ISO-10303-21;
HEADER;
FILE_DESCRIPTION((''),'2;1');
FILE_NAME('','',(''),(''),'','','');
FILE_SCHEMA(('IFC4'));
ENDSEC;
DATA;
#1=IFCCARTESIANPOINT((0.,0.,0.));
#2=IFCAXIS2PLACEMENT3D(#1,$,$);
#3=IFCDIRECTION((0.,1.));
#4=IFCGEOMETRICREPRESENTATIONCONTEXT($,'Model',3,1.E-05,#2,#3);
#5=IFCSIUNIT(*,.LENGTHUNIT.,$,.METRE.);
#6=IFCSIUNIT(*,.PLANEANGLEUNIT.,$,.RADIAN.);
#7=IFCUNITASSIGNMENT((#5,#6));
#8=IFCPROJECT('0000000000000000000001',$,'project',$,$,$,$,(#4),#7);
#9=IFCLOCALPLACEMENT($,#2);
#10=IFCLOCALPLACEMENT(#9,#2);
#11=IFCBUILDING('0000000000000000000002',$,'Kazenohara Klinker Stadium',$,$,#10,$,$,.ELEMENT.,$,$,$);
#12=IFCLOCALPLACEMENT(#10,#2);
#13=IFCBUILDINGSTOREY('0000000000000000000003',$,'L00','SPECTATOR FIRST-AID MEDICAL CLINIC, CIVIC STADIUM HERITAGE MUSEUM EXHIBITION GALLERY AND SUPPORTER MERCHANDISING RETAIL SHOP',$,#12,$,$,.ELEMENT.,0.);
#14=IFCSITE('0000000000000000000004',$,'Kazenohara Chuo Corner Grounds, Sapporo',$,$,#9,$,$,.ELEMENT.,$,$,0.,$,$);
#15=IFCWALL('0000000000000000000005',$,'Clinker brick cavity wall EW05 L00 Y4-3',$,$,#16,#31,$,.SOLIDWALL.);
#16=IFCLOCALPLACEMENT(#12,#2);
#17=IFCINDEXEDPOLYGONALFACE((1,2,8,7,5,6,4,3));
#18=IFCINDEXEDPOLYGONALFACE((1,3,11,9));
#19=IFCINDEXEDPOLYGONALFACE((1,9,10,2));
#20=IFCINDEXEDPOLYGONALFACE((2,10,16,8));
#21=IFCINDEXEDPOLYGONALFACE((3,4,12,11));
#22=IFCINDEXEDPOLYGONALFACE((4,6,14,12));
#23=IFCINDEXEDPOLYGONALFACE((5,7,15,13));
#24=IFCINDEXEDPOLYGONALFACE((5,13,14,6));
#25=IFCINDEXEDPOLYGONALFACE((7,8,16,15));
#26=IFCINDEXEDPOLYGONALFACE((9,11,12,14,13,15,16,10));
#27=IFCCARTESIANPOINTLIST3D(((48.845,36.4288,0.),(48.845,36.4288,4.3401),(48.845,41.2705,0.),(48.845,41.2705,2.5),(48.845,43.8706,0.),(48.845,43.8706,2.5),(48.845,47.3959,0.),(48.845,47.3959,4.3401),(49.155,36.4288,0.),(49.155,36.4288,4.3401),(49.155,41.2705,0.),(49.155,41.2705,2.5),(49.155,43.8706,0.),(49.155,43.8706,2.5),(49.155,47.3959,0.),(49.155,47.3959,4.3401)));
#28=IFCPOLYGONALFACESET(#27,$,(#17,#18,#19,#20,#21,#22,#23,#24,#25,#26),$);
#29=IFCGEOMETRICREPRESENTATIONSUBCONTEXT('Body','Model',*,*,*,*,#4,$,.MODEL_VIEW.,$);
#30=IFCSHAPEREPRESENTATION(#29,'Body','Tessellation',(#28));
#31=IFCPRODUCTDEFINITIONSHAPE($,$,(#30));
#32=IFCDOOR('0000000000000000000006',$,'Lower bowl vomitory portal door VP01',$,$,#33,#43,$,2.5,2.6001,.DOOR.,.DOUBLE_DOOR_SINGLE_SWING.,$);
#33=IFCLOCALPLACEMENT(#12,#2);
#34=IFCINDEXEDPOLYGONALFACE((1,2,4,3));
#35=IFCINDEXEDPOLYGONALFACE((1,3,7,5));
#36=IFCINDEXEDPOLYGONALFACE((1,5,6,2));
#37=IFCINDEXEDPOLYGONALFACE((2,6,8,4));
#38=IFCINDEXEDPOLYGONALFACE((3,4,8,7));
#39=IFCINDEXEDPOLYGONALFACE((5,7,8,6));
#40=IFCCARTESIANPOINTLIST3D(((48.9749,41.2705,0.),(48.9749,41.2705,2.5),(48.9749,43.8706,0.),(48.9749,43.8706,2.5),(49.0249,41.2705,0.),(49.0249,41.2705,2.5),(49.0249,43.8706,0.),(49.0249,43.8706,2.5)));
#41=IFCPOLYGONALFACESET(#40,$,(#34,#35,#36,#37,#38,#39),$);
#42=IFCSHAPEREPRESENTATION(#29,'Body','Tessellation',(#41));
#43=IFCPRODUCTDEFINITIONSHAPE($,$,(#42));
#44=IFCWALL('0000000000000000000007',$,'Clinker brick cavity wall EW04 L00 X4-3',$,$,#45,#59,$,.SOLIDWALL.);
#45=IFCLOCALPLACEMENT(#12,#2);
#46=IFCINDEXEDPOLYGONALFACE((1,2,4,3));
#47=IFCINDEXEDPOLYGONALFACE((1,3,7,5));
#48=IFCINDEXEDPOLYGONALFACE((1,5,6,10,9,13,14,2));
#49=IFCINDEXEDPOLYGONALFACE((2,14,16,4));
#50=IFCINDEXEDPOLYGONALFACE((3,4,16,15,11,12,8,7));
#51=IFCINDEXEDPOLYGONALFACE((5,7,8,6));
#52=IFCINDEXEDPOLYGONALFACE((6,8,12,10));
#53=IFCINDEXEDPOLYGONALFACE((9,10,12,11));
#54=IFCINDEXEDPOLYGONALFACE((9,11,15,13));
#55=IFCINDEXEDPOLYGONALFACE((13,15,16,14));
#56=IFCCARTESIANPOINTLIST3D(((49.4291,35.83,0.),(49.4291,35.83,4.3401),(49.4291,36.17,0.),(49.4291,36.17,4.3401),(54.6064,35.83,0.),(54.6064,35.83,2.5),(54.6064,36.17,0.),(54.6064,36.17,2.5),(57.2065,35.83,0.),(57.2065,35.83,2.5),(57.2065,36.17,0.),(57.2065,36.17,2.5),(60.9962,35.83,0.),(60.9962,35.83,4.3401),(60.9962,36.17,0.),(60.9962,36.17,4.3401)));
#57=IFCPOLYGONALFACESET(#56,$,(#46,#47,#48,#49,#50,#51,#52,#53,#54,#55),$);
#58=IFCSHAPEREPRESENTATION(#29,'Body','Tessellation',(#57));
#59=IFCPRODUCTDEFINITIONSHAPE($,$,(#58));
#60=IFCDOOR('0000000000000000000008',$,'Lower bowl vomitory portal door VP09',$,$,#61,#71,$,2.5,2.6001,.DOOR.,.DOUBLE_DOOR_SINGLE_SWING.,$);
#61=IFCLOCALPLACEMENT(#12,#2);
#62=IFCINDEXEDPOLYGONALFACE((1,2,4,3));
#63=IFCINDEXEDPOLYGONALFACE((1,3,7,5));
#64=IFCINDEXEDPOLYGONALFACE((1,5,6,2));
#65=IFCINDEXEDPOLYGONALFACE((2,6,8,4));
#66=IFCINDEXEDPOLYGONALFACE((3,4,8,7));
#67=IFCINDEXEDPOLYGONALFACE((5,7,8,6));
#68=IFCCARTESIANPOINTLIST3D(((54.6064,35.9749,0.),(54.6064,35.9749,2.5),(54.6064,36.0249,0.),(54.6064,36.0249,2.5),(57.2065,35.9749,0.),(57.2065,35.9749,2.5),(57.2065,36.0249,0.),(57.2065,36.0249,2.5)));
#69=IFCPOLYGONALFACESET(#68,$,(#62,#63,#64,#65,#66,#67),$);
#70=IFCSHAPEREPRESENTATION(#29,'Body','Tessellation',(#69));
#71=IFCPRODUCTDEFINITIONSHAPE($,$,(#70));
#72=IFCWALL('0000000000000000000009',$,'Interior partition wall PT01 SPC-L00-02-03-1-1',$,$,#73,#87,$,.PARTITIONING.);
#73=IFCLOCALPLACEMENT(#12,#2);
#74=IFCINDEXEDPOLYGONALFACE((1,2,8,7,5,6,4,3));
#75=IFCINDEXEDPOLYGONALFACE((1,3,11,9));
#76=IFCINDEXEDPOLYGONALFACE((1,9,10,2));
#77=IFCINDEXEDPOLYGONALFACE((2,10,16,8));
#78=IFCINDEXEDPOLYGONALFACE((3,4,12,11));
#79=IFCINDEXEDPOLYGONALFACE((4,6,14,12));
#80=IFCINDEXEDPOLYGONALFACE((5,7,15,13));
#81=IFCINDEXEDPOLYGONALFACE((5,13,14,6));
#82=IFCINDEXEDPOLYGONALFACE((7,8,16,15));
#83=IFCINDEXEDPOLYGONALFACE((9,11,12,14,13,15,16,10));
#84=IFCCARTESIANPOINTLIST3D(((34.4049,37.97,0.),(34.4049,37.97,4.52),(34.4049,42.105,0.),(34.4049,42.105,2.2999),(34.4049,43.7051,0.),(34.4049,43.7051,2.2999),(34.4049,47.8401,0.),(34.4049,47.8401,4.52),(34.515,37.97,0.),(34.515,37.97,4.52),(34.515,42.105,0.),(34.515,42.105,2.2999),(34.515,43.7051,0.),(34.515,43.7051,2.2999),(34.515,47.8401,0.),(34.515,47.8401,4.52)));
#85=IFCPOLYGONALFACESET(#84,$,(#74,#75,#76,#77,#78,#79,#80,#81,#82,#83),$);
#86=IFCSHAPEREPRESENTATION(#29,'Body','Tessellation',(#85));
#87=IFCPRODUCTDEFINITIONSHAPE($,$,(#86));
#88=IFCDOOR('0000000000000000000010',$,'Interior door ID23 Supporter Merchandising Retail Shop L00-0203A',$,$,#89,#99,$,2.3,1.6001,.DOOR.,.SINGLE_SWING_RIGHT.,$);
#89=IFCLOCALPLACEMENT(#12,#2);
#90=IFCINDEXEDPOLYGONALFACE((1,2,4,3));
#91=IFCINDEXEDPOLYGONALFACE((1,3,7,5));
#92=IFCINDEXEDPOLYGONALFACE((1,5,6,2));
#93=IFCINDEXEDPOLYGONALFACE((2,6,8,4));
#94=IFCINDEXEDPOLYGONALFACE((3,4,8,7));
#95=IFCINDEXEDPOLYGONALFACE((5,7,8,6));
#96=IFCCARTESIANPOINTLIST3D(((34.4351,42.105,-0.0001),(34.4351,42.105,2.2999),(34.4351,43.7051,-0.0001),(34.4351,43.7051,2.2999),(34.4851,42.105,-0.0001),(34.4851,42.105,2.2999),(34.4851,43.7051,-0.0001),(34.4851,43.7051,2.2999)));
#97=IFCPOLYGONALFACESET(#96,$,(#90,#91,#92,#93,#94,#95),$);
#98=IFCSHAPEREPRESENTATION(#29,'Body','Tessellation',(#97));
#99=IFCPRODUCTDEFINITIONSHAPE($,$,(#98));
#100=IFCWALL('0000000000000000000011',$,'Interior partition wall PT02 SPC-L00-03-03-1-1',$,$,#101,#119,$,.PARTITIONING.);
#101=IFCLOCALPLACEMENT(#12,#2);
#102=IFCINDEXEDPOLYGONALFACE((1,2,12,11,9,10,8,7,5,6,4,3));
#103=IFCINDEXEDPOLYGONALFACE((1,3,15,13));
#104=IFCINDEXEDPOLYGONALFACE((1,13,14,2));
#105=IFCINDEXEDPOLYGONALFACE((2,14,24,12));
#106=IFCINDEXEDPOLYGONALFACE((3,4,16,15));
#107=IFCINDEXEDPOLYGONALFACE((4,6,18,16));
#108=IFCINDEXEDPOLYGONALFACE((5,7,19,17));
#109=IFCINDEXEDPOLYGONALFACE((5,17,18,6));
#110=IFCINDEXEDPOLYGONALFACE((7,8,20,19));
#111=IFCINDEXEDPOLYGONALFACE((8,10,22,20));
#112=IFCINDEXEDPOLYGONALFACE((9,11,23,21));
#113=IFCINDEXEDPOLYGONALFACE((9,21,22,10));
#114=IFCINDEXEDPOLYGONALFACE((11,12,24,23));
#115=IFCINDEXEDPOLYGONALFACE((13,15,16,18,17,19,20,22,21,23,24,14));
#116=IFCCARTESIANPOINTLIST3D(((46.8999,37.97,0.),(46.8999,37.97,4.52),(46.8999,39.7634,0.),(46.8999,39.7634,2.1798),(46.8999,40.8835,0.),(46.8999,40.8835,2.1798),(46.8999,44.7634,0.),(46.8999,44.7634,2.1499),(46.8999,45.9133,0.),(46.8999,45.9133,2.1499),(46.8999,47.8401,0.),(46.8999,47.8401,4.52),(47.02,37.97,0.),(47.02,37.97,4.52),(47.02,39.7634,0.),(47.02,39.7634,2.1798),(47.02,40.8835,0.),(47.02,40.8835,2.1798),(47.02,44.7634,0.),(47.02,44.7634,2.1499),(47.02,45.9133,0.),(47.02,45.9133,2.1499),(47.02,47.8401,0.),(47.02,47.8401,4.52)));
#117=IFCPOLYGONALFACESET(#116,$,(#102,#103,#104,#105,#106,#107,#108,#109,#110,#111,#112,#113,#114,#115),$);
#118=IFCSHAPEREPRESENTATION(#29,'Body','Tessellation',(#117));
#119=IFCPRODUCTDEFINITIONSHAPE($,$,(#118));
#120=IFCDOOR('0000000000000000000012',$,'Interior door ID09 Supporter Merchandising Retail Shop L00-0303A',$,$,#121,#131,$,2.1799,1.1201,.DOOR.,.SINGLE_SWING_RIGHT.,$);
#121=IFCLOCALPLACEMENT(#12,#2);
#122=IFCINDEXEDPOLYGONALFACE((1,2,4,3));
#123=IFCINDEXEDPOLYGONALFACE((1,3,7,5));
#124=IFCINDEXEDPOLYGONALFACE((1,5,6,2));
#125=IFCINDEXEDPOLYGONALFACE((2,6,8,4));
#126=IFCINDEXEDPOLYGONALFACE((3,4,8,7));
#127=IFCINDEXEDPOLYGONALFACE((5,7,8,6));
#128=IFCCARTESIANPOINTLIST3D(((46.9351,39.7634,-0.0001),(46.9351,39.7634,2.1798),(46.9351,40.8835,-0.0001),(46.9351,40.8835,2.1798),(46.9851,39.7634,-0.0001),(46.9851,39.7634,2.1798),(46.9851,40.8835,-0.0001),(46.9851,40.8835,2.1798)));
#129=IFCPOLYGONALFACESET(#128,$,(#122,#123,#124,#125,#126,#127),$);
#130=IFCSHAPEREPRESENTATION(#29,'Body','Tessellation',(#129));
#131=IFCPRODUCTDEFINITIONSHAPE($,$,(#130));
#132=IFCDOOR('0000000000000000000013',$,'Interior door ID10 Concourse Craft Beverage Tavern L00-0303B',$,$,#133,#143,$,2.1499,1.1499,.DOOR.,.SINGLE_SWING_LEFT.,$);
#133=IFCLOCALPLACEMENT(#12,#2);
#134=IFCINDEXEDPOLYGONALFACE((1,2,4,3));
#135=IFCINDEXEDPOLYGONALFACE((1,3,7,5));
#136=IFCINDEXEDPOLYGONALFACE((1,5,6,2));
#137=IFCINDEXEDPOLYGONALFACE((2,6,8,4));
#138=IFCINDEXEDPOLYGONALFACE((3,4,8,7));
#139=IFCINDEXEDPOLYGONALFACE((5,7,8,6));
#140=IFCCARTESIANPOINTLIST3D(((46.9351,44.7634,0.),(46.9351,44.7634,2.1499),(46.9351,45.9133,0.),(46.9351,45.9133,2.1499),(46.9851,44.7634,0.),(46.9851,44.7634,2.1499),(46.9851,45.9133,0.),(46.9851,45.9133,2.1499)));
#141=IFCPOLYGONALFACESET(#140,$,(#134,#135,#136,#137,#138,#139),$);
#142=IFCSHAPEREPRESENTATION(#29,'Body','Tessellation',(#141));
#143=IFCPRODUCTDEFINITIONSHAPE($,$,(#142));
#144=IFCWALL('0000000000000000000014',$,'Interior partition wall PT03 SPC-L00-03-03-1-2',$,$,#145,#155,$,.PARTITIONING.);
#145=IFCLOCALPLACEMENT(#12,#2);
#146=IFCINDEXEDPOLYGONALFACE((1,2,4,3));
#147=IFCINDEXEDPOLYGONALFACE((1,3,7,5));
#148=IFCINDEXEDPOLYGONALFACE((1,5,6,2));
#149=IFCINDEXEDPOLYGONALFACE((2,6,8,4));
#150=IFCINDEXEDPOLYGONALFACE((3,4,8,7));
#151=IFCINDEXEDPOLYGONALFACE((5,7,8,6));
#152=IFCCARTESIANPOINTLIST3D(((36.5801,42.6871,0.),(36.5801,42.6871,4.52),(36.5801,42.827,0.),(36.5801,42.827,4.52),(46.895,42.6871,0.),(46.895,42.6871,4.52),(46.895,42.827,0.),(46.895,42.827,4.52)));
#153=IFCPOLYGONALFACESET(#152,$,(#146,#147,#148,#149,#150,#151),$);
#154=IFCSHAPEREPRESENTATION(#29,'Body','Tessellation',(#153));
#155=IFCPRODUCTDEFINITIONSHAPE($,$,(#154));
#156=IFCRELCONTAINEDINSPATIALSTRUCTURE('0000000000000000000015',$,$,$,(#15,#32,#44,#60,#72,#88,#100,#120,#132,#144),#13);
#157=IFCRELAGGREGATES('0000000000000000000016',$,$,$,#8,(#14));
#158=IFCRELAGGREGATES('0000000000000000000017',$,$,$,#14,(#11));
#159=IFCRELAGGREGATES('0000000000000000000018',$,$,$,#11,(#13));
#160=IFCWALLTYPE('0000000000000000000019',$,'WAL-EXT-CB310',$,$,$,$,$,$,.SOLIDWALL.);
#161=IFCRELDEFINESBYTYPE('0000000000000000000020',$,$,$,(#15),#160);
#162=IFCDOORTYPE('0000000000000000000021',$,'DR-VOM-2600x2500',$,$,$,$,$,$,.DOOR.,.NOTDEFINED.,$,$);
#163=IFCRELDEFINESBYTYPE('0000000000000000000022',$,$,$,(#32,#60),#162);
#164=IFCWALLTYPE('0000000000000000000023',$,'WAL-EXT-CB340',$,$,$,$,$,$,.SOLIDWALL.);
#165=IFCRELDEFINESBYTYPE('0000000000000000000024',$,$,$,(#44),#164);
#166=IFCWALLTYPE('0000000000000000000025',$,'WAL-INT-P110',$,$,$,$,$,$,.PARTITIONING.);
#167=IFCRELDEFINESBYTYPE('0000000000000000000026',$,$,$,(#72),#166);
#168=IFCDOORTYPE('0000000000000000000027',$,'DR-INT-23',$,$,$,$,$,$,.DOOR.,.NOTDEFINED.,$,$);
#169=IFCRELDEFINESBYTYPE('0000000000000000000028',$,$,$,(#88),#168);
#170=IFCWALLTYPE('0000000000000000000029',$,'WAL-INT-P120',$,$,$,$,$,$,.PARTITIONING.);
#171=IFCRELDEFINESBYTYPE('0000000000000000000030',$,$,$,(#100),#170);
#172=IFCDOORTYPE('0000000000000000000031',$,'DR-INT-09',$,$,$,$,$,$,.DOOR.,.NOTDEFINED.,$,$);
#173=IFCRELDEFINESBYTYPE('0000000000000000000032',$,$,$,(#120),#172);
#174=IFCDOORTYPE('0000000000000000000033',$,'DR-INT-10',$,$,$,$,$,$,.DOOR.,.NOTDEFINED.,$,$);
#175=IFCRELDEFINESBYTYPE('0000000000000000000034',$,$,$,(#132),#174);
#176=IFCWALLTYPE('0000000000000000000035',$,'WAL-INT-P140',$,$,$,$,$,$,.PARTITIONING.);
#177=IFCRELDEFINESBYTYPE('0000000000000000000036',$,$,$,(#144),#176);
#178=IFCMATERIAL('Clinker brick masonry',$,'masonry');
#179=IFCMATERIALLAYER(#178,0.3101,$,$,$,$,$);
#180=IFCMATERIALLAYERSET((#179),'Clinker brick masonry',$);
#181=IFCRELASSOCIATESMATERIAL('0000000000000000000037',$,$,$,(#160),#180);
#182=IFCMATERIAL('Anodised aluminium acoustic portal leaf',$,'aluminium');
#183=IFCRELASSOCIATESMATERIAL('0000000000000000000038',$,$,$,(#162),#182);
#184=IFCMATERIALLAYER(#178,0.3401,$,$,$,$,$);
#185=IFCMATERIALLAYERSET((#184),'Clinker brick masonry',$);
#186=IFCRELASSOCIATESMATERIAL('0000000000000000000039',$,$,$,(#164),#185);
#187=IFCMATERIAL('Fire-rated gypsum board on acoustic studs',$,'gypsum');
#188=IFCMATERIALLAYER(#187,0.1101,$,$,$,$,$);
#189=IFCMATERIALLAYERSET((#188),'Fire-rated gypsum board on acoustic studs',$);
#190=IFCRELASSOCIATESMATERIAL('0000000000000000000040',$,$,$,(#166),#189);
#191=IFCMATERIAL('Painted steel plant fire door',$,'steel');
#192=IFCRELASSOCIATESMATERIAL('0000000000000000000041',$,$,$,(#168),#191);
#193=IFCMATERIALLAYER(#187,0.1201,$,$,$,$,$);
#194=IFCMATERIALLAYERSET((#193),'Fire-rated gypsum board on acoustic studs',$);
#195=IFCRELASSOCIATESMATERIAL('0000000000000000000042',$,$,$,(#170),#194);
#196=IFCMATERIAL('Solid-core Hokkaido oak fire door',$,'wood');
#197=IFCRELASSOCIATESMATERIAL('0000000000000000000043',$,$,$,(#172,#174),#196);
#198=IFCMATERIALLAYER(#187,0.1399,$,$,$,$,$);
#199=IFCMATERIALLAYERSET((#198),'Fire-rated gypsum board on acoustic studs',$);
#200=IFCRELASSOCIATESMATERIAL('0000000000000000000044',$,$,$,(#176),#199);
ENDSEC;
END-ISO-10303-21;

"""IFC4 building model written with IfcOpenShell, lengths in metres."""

from ifc_helpers import new_model, si_unit, direction, frame, frame_2d, origin, place, context, subcontext, project, spatial, rectangle, extrude, material, layer, layer_set, type_object, element, fill, save


model = new_model("IFC4")

# Units and contexts
model_context = context("Model", 3, precision=1e-05, world=origin(), true_north=direction((0.0, 1.0)))
body_context = subcontext(model_context, "Body", "Model", "MODEL_VIEW")
ifc_project = project(units=[si_unit("LENGTHUNIT", "METRE"), si_unit("PLANEANGLEUNIT", "RADIAN")], contexts=[model_context])

# Site, building, storey
site_placement = place(None, origin())
site = spatial("IfcSite", under=ifc_project, at=site_placement, Name="Kazenohara Chuo Corner Grounds, Sapporo", CompositionType="ELEMENT", RefElevation=0.0)
building_placement = place(site_placement, origin())
building = spatial("IfcBuilding", under=site, at=building_placement, Name="Kazenohara Klinker Stadium", CompositionType="ELEMENT")
storey_placement = place(building_placement, origin())
storey = spatial("IfcBuildingStorey", under=building, at=storey_placement, Name="L00", Description="SPECTATOR FIRST-AID MEDICAL CLINIC, CIVIC STADIUM HERITAGE MUSEUM EXHIBITION GALLERY AND SUPPORTER MERCHANDISING RETAIL SHOP", CompositionType="ELEMENT", Elevation=0.0)

# Walls, openings, doors
ifc_material_1 = material(Name="Clinker brick masonry", Category="masonry")
ifc_layer_1 = layer(ifc_material_1, 0.3101)
ifc_layer_set_1 = layer_set([ifc_layer_1], Name="Clinker brick masonry")
wall_type_1 = type_object("IfcWallType", Name="WAL-EXT-CB310", PredefinedType="SOLIDWALL", material=ifc_layer_set_1)
wall_1_placement = place(storey_placement, frame((49.0, 36.429, 0.0), z_axis=(0.0, 0.0, 1.0), x_axis=(0.0, 1.0, 0.0)))
wall_1 = element("IfcWall", 1, at=wall_1_placement, inside=storey, type_object=wall_type_1, Name="Clinker brick cavity wall EW05 L00 Y4-3", PredefinedType="SOLIDWALL", context=body_context, shape_type="SweptSolid", body=[
    extrude(rectangle(XDim=10.967, YDim=0.3101, at=frame_2d((5.4834, 0.0))), origin(), (0.0, 0.0, 1.0), 4.3401),
])
opening_1_placement = place(wall_1_placement, frame((7.4417, 0.0, 0.0), z_axis=(0.0, 0.0, 1.0), x_axis=(-1.0, 0.0, 0.0)))
opening_1 = element("IfcOpeningElement", 2, at=opening_1_placement, cuts=wall_1, PredefinedType="OPENING", context=body_context, shape_type="SweptSolid", body=[
    extrude(rectangle(XDim=2.6001, YDim=2.5, at=frame_2d((1.3, 1.25))), frame((0.0, 0.165, 0.0), z_axis=(0.0, -1.0, 0.0), x_axis=(1.0, 0.0, 0.0)), (0.0, 0.0, 1.0), 0.3301),
])
ifc_material_2 = material(Name="Anodised aluminium acoustic portal leaf", Category="aluminium")
door_type_1 = type_object("IfcDoorType", Name="DR-VOM-2600x2500", OperationType="NOTDEFINED", PredefinedType="DOOR", material=ifc_material_2)
door_1_placement = place(opening_1_placement, origin())
door_1 = element("IfcDoor", 3, at=door_1_placement, inside=storey, type_object=door_type_1, Name="Lower bowl vomitory portal door VP01", OperationType="DOUBLE_DOOR_SINGLE_SWING", OverallHeight=2.5, OverallWidth=2.6001, PredefinedType="DOOR", context=body_context, shape_type="SweptSolid", body=[
    extrude(rectangle(XDim=2.6001, YDim=2.5, at=frame_2d((1.3, 1.25))), frame((0.0, 0.0249, 0.0), z_axis=(0.0, -1.0, 0.0), x_axis=(1.0, 0.0, 0.0)), (0.0, 0.0, 1.0), 0.05),
])
fill(opening_1, door_1)
ifc_layer_2 = layer(ifc_material_1, 0.3401)
ifc_layer_set_2 = layer_set([ifc_layer_2], Name="Clinker brick masonry")
wall_type_2 = type_object("IfcWallType", Name="WAL-EXT-CB340", PredefinedType="SOLIDWALL", material=ifc_layer_set_2)
wall_2_placement = place(storey_placement, frame((49.429, 36.0, 0.0), z_axis=(0.0, 0.0, 1.0), x_axis=(1.0, 0.0, 0.0)))
wall_2 = element("IfcWall", 4, at=wall_2_placement, inside=storey, type_object=wall_type_2, Name="Clinker brick cavity wall EW04 L00 X4-3", PredefinedType="SOLIDWALL", context=body_context, shape_type="SweptSolid", body=[
    extrude(rectangle(XDim=11.5671, YDim=0.3401, at=frame_2d((5.7837, 0.0))), origin(), (0.0, 0.0, 1.0), 4.3401),
])
opening_2_placement = place(wall_2_placement, frame((5.1775, 0.0, 0.0)))
opening_2 = element("IfcOpeningElement", 5, at=opening_2_placement, cuts=wall_2, PredefinedType="OPENING", context=body_context, shape_type="SweptSolid", body=[
    extrude(rectangle(XDim=2.6001, YDim=2.5, at=frame_2d((1.3, 1.25))), frame((0.0, 0.1802, 0.0), z_axis=(0.0, -1.0, 0.0), x_axis=(1.0, 0.0, 0.0)), (0.0, 0.0, 1.0), 0.3601),
])
door_2_placement = place(opening_2_placement, origin())
door_2 = element("IfcDoor", 6, at=door_2_placement, inside=storey, type_object=door_type_1, Name="Lower bowl vomitory portal door VP09", OperationType="DOUBLE_DOOR_SINGLE_SWING", OverallHeight=2.5, OverallWidth=2.6001, PredefinedType="DOOR", context=body_context, shape_type="SweptSolid", body=[
    extrude(rectangle(XDim=2.6001, YDim=2.5, at=frame_2d((1.3, 1.25))), frame((0.0, 0.0249, 0.0), z_axis=(0.0, -1.0, 0.0), x_axis=(1.0, 0.0, 0.0)), (0.0, 0.0, 1.0), 0.05),
])
fill(opening_2, door_2)
ifc_material_3 = material(Name="Fire-rated gypsum board on acoustic studs", Category="gypsum")
ifc_layer_3 = layer(ifc_material_3, 0.1101)
ifc_layer_set_3 = layer_set([ifc_layer_3], Name="Fire-rated gypsum board on acoustic studs")
wall_type_3 = type_object("IfcWallType", Name="WAL-INT-P110", PredefinedType="PARTITIONING", material=ifc_layer_set_3)
wall_3_placement = place(storey_placement, frame((34.46, 37.97, 0.0), z_axis=(0.0, 0.0, 1.0), x_axis=(0.0, 1.0, 0.0)))
wall_3 = element("IfcWall", 7, at=wall_3_placement, inside=storey, type_object=wall_type_3, Name="Interior partition wall PT01 SPC-L00-02-03-1-1", PredefinedType="PARTITIONING", context=body_context, shape_type="SweptSolid", body=[
    extrude(rectangle(XDim=9.8701, YDim=0.1101, at=frame_2d((4.9351, 0.0))), origin(), (0.0, 0.0, 1.0), 4.52),
])
opening_3_placement = place(wall_3_placement, frame((4.135, 0.0, 0.0)))
opening_3 = element("IfcOpeningElement", 8, at=opening_3_placement, cuts=wall_3, PredefinedType="OPENING", context=body_context, shape_type="SweptSolid", body=[
    extrude(rectangle(XDim=1.6001, YDim=2.3, at=frame_2d((0.8, 1.1499))), frame((0.0, 0.0649, 0.0), z_axis=(0.0, -1.0, 0.0), x_axis=(1.0, 0.0, 0.0)), (0.0, 0.0, 1.0), 0.1301),
])
ifc_material_4 = material(Name="Painted steel plant fire door", Category="steel")
door_type_2 = type_object("IfcDoorType", Name="DR-INT-23", OperationType="NOTDEFINED", PredefinedType="DOOR", material=ifc_material_4)
door_3_placement = place(opening_3_placement, origin())
door_3 = element("IfcDoor", 9, at=door_3_placement, inside=storey, type_object=door_type_2, Name="Interior door ID23 Supporter Merchandising Retail Shop L00-0203A", OperationType="SINGLE_SWING_RIGHT", OverallHeight=2.3, OverallWidth=1.6001, PredefinedType="DOOR", context=body_context, shape_type="SweptSolid", body=[
    extrude(rectangle(XDim=1.6001, YDim=2.3, at=frame_2d((0.8, 1.1499))), frame((0.0, 0.0249, 0.0), z_axis=(0.0, -1.0, 0.0), x_axis=(1.0, 0.0, 0.0)), (0.0, 0.0, 1.0), 0.05),
])
fill(opening_3, door_3)

# Wall, openings, doors
ifc_layer_4 = layer(ifc_material_3, 0.1201)
ifc_layer_set_4 = layer_set([ifc_layer_4], Name="Fire-rated gypsum board on acoustic studs")
wall_type_4 = type_object("IfcWallType", Name="WAL-INT-P120", PredefinedType="PARTITIONING", material=ifc_layer_set_4)
wall_4_placement = place(storey_placement, frame((46.96, 37.97, 0.0), z_axis=(0.0, 0.0, 1.0), x_axis=(0.0, 1.0, 0.0)))
wall_4 = element("IfcWall", 10, at=wall_4_placement, inside=storey, type_object=wall_type_4, Name="Interior partition wall PT02 SPC-L00-03-03-1-1", PredefinedType="PARTITIONING", context=body_context, shape_type="SweptSolid", body=[
    extrude(rectangle(XDim=9.8701, YDim=0.1201, at=frame_2d((4.9351, 0.0))), origin(), (0.0, 0.0, 1.0), 4.52),
])
opening_4_placement = place(wall_4_placement, frame((1.7935, 0.0, 0.0)))
opening_4 = element("IfcOpeningElement", 11, at=opening_4_placement, cuts=wall_4, PredefinedType="OPENING", context=body_context, shape_type="SweptSolid", body=[
    extrude(rectangle(XDim=1.1201, YDim=2.1799, at=frame_2d((0.5601, 1.0898))), frame((0.0, 0.0701, 0.0), z_axis=(0.0, -1.0, 0.0), x_axis=(1.0, 0.0, 0.0)), (0.0, 0.0, 1.0), 0.1401),
])
opening_5_placement = place(wall_4_placement, frame((6.7935, 0.0, 0.0)))
opening_5 = element("IfcOpeningElement", 12, at=opening_5_placement, cuts=wall_4, PredefinedType="OPENING", context=body_context, shape_type="SweptSolid", body=[
    extrude(rectangle(XDim=1.1499, YDim=2.1499, at=frame_2d((0.575, 1.075))), frame((0.0, 0.0701, 0.0), z_axis=(0.0, -1.0, 0.0), x_axis=(1.0, 0.0, 0.0)), (0.0, 0.0, 1.0), 0.1401),
])
ifc_material_5 = material(Name="Solid-core Hokkaido oak fire door", Category="wood")
door_type_3 = type_object("IfcDoorType", Name="DR-INT-09", OperationType="NOTDEFINED", PredefinedType="DOOR", material=ifc_material_5)
door_4_placement = place(opening_4_placement, origin())
door_4 = element("IfcDoor", 13, at=door_4_placement, inside=storey, type_object=door_type_3, Name="Interior door ID09 Supporter Merchandising Retail Shop L00-0303A", OperationType="SINGLE_SWING_RIGHT", OverallHeight=2.1799, OverallWidth=1.1201, PredefinedType="DOOR", context=body_context, shape_type="SweptSolid", body=[
    extrude(rectangle(XDim=1.1201, YDim=2.1799, at=frame_2d((0.5601, 1.0898))), frame((0.0, 0.0249, 0.0), z_axis=(0.0, -1.0, 0.0), x_axis=(1.0, 0.0, 0.0)), (0.0, 0.0, 1.0), 0.05),
])
fill(opening_4, door_4)
door_type_4 = type_object("IfcDoorType", Name="DR-INT-10", OperationType="NOTDEFINED", PredefinedType="DOOR", material=ifc_material_5)
door_5_placement = place(opening_5_placement, origin())
door_5 = element("IfcDoor", 14, at=door_5_placement, inside=storey, type_object=door_type_4, Name="Interior door ID10 Concourse Craft Beverage Tavern L00-0303B", OperationType="SINGLE_SWING_LEFT", OverallHeight=2.1499, OverallWidth=1.1499, PredefinedType="DOOR", context=body_context, shape_type="SweptSolid", body=[
    extrude(rectangle(XDim=1.1499, YDim=2.1499, at=frame_2d((0.575, 1.075))), frame((0.0, 0.0249, 0.0), z_axis=(0.0, -1.0, 0.0), x_axis=(1.0, 0.0, 0.0)), (0.0, 0.0, 1.0), 0.05),
])
fill(opening_5, door_5)

# Wall
ifc_layer_5 = layer(ifc_material_3, 0.1399)
ifc_layer_set_5 = layer_set([ifc_layer_5], Name="Fire-rated gypsum board on acoustic studs")
wall_type_5 = type_object("IfcWallType", Name="WAL-INT-P140", PredefinedType="PARTITIONING", material=ifc_layer_set_5)
wall_5_placement = place(storey_placement, frame((36.5801, 42.7571, 0.0), z_axis=(0.0, 0.0, 1.0), x_axis=(1.0, 0.0, 0.0)))
element("IfcWall", 15, at=wall_5_placement, inside=storey, type_object=wall_type_5, Name="Interior partition wall PT03 SPC-L00-03-03-1-2", PredefinedType="PARTITIONING", context=body_context, shape_type="SweptSolid", body=[
    extrude(rectangle(XDim=10.3149, YDim=0.1399, at=frame_2d((5.1575, 0.0))), origin(), (0.0, 0.0, 1.0), 4.52),
])

save(model, "model.ifc")
